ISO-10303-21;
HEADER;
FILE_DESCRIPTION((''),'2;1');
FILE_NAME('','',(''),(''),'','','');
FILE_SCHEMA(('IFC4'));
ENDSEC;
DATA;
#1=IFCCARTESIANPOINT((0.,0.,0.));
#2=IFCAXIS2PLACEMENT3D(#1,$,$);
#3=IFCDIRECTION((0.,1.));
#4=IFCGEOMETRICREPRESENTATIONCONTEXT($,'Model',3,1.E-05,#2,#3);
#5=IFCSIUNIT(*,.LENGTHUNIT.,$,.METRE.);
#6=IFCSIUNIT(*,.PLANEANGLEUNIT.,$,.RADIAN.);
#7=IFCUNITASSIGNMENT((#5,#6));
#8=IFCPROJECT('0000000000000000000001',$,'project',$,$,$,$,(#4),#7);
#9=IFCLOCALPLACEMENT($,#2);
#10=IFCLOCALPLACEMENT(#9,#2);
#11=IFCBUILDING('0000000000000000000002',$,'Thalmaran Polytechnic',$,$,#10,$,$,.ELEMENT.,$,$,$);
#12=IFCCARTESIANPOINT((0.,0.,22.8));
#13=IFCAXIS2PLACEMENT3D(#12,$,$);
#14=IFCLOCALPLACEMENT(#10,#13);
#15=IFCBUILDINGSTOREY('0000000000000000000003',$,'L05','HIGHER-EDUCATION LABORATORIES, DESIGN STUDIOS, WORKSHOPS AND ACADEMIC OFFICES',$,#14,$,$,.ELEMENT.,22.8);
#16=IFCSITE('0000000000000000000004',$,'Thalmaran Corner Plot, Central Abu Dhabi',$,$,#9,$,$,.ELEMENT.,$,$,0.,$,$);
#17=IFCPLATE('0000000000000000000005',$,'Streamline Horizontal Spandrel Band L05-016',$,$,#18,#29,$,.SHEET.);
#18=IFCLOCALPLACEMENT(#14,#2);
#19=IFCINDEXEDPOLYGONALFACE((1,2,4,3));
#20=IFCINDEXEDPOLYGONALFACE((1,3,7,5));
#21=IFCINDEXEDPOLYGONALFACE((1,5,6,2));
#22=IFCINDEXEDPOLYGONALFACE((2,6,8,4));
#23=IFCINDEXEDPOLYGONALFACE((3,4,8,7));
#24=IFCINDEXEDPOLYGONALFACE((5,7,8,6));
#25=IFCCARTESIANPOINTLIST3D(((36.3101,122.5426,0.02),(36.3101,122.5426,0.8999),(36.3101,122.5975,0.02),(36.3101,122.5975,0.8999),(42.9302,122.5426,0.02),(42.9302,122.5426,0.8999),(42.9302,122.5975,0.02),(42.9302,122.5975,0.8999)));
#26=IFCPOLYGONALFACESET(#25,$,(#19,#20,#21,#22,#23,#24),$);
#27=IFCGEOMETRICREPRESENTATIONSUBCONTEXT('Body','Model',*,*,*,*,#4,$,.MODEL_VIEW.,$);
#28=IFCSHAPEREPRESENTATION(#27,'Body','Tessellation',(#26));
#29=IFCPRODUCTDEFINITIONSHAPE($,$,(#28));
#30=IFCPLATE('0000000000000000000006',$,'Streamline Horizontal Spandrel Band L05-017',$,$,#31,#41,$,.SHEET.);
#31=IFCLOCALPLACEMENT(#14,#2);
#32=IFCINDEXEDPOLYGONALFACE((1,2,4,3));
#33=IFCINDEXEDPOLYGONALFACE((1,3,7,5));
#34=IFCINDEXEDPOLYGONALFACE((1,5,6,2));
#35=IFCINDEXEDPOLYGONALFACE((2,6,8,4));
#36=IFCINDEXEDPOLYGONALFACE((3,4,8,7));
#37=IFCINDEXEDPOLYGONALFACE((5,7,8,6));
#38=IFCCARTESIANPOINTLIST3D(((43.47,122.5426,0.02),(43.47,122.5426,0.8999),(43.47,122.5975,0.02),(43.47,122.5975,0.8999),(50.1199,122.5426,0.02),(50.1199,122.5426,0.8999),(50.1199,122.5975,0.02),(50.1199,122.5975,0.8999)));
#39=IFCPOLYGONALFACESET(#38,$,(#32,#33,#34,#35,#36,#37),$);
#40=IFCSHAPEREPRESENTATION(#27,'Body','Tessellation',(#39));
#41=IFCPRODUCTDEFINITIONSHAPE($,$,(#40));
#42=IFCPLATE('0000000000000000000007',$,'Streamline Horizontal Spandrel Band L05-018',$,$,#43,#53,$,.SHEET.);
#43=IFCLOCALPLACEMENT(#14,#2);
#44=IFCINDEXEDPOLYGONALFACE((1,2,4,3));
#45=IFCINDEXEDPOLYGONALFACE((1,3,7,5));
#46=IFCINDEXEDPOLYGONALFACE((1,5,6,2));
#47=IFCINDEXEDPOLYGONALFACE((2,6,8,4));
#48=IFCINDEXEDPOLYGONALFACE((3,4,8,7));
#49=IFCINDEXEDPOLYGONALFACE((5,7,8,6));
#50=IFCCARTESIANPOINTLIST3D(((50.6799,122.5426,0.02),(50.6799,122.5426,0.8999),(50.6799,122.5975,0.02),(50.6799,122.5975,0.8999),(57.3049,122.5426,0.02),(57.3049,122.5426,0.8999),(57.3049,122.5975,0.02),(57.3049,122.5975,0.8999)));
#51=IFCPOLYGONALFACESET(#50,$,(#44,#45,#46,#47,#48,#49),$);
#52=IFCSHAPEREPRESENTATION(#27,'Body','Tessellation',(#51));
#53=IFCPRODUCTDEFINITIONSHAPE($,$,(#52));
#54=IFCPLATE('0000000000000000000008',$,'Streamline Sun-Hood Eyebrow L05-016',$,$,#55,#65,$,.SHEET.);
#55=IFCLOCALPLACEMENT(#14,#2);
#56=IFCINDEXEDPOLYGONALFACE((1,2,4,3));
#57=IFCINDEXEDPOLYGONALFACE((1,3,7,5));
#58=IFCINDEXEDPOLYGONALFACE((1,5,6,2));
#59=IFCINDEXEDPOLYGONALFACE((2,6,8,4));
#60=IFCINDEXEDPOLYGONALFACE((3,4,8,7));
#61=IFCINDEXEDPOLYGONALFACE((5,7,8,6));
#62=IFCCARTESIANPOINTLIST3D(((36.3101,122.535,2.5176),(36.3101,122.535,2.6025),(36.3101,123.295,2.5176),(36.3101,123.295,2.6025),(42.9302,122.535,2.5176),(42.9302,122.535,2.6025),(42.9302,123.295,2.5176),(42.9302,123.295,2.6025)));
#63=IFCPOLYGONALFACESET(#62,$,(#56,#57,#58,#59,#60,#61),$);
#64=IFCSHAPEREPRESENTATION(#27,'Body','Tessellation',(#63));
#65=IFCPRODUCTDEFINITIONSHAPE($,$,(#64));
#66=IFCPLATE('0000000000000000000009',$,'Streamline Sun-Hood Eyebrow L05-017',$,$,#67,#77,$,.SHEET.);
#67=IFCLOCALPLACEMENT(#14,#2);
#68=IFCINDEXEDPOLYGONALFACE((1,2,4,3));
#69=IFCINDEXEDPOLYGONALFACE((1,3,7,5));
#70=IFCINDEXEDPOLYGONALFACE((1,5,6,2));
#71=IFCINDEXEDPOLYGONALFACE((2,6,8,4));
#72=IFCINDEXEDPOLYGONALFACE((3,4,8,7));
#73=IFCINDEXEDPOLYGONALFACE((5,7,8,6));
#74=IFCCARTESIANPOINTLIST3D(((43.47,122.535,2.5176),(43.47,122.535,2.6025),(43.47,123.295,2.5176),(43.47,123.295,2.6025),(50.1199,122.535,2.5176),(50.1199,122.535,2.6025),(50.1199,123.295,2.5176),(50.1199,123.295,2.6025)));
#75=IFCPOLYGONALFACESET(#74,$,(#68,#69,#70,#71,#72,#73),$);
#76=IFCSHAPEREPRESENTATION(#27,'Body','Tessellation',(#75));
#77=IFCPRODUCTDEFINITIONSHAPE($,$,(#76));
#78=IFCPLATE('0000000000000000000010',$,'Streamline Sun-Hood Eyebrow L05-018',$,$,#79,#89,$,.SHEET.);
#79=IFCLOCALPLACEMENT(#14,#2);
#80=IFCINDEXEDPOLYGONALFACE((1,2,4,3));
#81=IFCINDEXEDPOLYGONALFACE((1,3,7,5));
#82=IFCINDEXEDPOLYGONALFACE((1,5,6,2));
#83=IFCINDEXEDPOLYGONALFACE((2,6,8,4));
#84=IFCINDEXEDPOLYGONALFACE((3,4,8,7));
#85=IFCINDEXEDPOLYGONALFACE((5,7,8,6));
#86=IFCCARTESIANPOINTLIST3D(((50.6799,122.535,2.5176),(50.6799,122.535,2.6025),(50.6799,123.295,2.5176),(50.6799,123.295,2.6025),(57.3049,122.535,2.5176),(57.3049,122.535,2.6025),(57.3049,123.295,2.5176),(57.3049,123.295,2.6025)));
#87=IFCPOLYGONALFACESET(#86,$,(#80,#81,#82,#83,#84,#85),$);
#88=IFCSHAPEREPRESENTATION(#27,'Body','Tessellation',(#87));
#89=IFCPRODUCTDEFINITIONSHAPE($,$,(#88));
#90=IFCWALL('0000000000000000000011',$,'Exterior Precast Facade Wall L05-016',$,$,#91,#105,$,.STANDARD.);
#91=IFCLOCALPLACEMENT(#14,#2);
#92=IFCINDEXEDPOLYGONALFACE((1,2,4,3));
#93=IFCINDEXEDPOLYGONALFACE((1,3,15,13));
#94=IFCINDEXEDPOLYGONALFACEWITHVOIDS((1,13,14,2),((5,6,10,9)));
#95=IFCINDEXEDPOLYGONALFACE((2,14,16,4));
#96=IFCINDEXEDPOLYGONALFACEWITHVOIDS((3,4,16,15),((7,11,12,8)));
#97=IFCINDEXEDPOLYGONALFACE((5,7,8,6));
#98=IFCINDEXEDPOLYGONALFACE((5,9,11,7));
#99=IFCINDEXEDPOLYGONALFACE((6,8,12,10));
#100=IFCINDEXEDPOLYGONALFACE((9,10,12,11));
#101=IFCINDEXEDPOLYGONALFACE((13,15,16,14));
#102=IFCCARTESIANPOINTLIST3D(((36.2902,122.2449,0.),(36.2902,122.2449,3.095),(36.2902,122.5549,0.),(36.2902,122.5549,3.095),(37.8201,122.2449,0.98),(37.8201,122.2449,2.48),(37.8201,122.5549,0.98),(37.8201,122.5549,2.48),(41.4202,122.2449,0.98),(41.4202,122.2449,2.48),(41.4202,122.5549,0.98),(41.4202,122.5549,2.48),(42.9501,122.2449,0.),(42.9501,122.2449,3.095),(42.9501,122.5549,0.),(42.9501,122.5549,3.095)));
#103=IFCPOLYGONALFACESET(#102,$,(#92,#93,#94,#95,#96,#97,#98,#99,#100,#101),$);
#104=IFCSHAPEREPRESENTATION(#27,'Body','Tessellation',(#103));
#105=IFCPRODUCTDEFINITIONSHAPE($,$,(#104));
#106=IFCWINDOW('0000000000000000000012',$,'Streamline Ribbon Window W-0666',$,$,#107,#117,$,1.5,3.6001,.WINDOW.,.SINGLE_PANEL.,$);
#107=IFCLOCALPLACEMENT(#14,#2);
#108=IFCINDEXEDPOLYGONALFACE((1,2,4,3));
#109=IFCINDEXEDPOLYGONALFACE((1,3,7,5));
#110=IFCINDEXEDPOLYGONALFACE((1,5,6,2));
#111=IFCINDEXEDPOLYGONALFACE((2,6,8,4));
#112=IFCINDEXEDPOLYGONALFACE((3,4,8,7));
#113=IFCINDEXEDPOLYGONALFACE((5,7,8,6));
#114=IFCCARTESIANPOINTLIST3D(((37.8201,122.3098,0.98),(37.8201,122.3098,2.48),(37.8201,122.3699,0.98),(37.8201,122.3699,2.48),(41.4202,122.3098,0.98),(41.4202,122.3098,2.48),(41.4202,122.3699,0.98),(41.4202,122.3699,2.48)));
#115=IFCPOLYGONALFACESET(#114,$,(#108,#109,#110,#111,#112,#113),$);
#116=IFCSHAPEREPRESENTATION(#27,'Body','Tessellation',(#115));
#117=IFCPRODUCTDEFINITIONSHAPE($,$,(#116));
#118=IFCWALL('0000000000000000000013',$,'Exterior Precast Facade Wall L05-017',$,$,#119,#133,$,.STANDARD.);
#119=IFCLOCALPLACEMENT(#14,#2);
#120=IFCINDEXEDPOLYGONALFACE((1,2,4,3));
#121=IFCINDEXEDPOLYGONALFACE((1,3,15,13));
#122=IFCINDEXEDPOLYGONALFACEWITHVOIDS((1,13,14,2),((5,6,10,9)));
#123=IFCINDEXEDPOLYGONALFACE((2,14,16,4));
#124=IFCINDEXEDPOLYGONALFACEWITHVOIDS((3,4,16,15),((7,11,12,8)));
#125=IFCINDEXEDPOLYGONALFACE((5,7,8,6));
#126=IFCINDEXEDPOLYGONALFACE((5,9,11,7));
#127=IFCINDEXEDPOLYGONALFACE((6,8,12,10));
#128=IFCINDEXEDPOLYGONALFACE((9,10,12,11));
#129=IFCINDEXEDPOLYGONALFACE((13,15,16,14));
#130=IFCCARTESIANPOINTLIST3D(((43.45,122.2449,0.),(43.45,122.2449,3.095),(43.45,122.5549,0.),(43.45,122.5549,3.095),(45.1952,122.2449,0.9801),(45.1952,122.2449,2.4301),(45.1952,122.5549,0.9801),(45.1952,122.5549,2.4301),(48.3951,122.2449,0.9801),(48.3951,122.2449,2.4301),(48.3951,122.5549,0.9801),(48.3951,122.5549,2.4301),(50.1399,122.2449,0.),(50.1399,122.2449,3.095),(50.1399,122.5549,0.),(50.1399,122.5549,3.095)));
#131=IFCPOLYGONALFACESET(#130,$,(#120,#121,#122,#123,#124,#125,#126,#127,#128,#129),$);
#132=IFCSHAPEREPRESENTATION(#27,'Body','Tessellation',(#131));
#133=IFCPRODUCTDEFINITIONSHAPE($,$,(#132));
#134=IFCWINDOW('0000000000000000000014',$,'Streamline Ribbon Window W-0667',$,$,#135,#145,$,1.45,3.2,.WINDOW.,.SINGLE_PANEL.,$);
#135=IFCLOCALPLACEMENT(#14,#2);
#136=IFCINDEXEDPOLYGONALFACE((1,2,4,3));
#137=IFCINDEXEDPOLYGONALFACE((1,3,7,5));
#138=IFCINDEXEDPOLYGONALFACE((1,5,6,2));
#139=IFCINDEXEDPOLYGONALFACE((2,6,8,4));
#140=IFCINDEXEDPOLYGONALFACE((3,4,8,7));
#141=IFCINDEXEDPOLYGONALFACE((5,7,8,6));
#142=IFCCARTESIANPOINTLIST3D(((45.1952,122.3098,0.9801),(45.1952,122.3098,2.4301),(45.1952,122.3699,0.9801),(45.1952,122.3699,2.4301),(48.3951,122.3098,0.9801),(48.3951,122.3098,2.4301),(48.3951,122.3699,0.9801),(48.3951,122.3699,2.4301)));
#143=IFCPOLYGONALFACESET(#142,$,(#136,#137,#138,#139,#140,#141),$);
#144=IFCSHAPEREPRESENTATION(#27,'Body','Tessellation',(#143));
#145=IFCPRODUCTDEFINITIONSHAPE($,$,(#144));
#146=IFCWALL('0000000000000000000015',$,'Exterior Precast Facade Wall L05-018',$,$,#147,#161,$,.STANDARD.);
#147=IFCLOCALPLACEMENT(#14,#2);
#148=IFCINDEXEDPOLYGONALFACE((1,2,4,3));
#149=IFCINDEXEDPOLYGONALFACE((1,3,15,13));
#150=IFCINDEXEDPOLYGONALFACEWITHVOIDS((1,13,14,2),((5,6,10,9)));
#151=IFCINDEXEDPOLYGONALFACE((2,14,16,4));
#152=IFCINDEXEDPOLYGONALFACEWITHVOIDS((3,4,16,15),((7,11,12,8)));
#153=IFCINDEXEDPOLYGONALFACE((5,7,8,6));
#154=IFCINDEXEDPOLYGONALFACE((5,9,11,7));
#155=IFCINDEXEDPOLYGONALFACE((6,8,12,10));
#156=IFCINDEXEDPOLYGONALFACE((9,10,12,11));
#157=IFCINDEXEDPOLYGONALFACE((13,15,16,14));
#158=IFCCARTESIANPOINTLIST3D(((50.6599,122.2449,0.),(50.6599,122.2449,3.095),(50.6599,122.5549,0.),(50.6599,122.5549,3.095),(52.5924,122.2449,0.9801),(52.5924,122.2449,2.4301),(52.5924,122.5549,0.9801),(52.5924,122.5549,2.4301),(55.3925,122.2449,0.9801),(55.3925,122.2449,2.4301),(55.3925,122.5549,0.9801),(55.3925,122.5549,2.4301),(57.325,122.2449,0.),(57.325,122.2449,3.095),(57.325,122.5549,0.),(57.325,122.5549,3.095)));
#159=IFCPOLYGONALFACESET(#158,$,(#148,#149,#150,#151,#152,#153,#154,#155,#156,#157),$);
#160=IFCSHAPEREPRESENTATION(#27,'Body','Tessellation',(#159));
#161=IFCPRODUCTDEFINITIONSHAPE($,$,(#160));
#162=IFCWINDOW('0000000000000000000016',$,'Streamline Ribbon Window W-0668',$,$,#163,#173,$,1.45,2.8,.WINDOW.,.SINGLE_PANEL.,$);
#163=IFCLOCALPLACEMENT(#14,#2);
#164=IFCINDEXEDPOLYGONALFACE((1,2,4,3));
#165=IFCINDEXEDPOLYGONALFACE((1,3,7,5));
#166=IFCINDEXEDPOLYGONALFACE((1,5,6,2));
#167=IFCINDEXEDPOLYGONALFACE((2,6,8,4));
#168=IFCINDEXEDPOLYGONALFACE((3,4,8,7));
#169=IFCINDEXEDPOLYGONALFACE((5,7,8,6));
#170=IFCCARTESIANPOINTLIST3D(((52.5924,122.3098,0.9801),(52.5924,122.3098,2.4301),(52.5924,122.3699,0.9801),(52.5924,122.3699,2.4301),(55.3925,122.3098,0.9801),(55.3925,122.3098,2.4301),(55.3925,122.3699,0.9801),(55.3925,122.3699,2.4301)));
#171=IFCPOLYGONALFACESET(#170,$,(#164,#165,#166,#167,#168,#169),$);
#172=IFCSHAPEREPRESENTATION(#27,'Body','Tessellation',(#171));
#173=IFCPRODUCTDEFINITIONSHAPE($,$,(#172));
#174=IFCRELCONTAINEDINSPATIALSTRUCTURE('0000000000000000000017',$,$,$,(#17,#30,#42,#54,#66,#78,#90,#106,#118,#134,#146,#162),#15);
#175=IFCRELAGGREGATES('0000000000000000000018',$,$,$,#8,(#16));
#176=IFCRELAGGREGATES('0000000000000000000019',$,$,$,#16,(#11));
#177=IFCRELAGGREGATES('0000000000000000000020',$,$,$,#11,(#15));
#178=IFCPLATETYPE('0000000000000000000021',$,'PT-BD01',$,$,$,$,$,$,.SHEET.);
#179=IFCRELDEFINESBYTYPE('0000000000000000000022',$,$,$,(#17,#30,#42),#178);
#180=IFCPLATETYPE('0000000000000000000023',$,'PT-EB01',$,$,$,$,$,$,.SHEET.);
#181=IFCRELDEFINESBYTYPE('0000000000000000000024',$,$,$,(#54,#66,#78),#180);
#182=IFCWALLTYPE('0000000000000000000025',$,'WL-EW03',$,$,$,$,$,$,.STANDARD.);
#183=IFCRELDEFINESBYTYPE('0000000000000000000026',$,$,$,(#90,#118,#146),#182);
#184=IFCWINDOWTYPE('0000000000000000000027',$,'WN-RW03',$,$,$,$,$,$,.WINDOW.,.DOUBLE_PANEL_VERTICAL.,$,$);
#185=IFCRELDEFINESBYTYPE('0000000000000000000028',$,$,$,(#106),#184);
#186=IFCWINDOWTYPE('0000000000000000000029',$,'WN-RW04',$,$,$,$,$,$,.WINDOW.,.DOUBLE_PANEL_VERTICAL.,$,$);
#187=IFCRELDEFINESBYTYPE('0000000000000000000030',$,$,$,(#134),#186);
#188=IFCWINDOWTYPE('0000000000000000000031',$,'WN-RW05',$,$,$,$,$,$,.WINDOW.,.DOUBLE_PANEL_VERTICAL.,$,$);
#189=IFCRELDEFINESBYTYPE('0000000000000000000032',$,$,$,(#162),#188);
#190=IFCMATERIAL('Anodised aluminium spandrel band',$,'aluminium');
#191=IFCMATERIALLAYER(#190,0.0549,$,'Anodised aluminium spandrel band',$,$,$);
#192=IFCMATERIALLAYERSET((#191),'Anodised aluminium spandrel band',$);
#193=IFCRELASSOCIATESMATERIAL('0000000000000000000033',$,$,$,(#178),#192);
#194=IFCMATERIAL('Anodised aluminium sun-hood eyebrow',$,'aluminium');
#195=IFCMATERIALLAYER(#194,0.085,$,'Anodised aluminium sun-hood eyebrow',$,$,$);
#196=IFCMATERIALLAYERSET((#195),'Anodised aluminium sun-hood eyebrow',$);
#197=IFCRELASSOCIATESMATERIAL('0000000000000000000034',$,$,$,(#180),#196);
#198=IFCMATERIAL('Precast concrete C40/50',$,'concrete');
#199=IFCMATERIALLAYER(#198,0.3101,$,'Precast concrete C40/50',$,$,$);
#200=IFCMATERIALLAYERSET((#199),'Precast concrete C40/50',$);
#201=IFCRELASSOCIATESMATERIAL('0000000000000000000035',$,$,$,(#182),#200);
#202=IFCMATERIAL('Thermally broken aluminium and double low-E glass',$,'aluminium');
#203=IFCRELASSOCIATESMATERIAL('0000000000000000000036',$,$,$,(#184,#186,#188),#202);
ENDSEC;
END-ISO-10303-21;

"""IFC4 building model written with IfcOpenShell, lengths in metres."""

from ifc_helpers import new_model, si_unit, direction, frame, frame_2d, origin, origin_2d, place, context, subcontext, project, spatial, rectangle, extrude, material, layer, layer_set, type_object, element, fill, save


model = new_model("IFC4")

# Units and contexts
model_context = context("Model", 3, precision=1e-05, world=origin(), true_north=direction((0.0, 1.0)))
body_context = subcontext(model_context, "Body", "Model", "MODEL_VIEW")
ifc_project = project(units=[si_unit("LENGTHUNIT", "METRE"), si_unit("PLANEANGLEUNIT", "RADIAN")], contexts=[model_context])

# Site, building, storey
site_placement = place(None, origin())
site = spatial("IfcSite", under=ifc_project, at=site_placement, Name="Thalmaran Corner Plot, Central Abu Dhabi", CompositionType="ELEMENT", RefElevation=0.0)
building_placement = place(site_placement, origin())
building = spatial("IfcBuilding", under=site, at=building_placement, Name="Thalmaran Polytechnic", CompositionType="ELEMENT")
storey_placement = place(building_placement, frame((0.0, 0.0, 22.8)))
storey = spatial("IfcBuildingStorey", under=building, at=storey_placement, Name="L05", Description="HIGHER-EDUCATION LABORATORIES, DESIGN STUDIOS, WORKSHOPS AND ACADEMIC OFFICES", CompositionType="ELEMENT", Elevation=22.8)

# Plates
ifc_material_1 = material(Name="Anodised aluminium spandrel band", Category="aluminium")
ifc_layer_1 = layer(ifc_material_1, 0.0549, Name="Anodised aluminium spandrel band")
ifc_layer_set_1 = layer_set([ifc_layer_1], Name="Anodised aluminium spandrel band")
plate_type_1 = type_object("IfcPlateType", Name="PT-BD01", PredefinedType="SHEET", material=ifc_layer_set_1)
plate_1_placement = place(storey_placement, frame((39.6201, 122.5701, 0.02), z_axis=(0.0, 0.0, 1.0), x_axis=(1.0, 0.0, 0.0)))
element("IfcPlate", 1, at=plate_1_placement, inside=storey, type_object=plate_type_1, Name="Streamline Horizontal Spandrel Band L05-016", PredefinedType="SHEET", context=body_context, shape_type="SweptSolid", body=[
    extrude(rectangle(XDim=6.6201, YDim=0.0549, at=origin_2d()), origin(), (0.0, 0.0, 1.0), 0.8799),
])
plate_2_placement = place(storey_placement, frame((46.7949, 122.5701, 0.02), z_axis=(0.0, 0.0, 1.0), x_axis=(1.0, 0.0, 0.0)))
element("IfcPlate", 2, at=plate_2_placement, inside=storey, type_object=plate_type_1, Name="Streamline Horizontal Spandrel Band L05-017", PredefinedType="SHEET", context=body_context, shape_type="SweptSolid", body=[
    extrude(rectangle(XDim=6.6499, YDim=0.0549, at=origin_2d()), origin(), (0.0, 0.0, 1.0), 0.8799),
])
plate_3_placement = place(storey_placement, frame((53.9924, 122.5701, 0.02), z_axis=(0.0, 0.0, 1.0), x_axis=(1.0, 0.0, 0.0)))
element("IfcPlate", 3, at=plate_3_placement, inside=storey, type_object=plate_type_1, Name="Streamline Horizontal Spandrel Band L05-018", PredefinedType="SHEET", context=body_context, shape_type="SweptSolid", body=[
    extrude(rectangle(XDim=6.625, YDim=0.0549, at=origin_2d()), origin(), (0.0, 0.0, 1.0), 0.8799),
])
ifc_material_2 = material(Name="Anodised aluminium sun-hood eyebrow", Category="aluminium")
ifc_layer_2 = layer(ifc_material_2, 0.085, Name="Anodised aluminium sun-hood eyebrow")
ifc_layer_set_2 = layer_set([ifc_layer_2], Name="Anodised aluminium sun-hood eyebrow")
plate_type_2 = type_object("IfcPlateType", Name="PT-EB01", PredefinedType="SHEET", material=ifc_layer_set_2)
plate_4_placement = place(storey_placement, frame((39.6201, 122.915, 2.5176), z_axis=(0.0, 0.0, 1.0), x_axis=(1.0, 0.0, 0.0)))
element("IfcPlate", 4, at=plate_4_placement, inside=storey, type_object=plate_type_2, Name="Streamline Sun-Hood Eyebrow L05-016", PredefinedType="SHEET", context=body_context, shape_type="SweptSolid", body=[
    extrude(rectangle(XDim=6.6201, YDim=0.76, at=origin_2d()), origin(), (0.0, 0.0, 1.0), 0.085),
])
plate_5_placement = place(storey_placement, frame((46.7949, 122.915, 2.5176), z_axis=(0.0, 0.0, 1.0), x_axis=(1.0, 0.0, 0.0)))
element("IfcPlate", 5, at=plate_5_placement, inside=storey, type_object=plate_type_2, Name="Streamline Sun-Hood Eyebrow L05-017", PredefinedType="SHEET", context=body_context, shape_type="SweptSolid", body=[
    extrude(rectangle(XDim=6.6499, YDim=0.76, at=origin_2d()), origin(), (0.0, 0.0, 1.0), 0.085),
])
plate_6_placement = place(storey_placement, frame((53.9924, 122.915, 2.5176), z_axis=(0.0, 0.0, 1.0), x_axis=(1.0, 0.0, 0.0)))
element("IfcPlate", 6, at=plate_6_placement, inside=storey, type_object=plate_type_2, Name="Streamline Sun-Hood Eyebrow L05-018", PredefinedType="SHEET", context=body_context, shape_type="SweptSolid", body=[
    extrude(rectangle(XDim=6.625, YDim=0.76, at=origin_2d()), origin(), (0.0, 0.0, 1.0), 0.085),
])

# Walls, openings, windows
ifc_material_3 = material(Name="Precast concrete C40/50", Category="concrete")
ifc_layer_3 = layer(ifc_material_3, 0.3101, Name="Precast concrete C40/50")
ifc_layer_set_3 = layer_set([ifc_layer_3], Name="Precast concrete C40/50")
wall_type_1 = type_object("IfcWallType", Name="WL-EW03", PredefinedType="STANDARD", material=ifc_layer_set_3)
wall_1_placement = place(storey_placement, frame((36.29, 122.3999, 0.0), z_axis=(0.0, 0.0, 1.0), x_axis=(1.0, 0.0, 0.0)))
wall_1 = element("IfcWall", 7, at=wall_1_placement, inside=storey, type_object=wall_type_1, Name="Exterior Precast Facade Wall L05-016", PredefinedType="STANDARD", context=body_context, shape_type="SweptSolid", body=[
    extrude(rectangle(XDim=6.6599, YDim=0.3101, at=frame_2d((3.3301, 0.0))), origin(), (0.0, 0.0, 1.0), 3.095),
])
opening_1_placement = place(wall_1_placement, frame((1.53, 0.0, 0.98)))
opening_1 = element("IfcOpeningElement", 8, at=opening_1_placement, cuts=wall_1, PredefinedType="OPENING", context=body_context, shape_type="SweptSolid", body=[
    extrude(rectangle(XDim=3.6001, YDim=1.5, at=frame_2d((1.8, 0.75))), frame((0.0, 0.165, 0.0), z_axis=(0.0, -1.0, 0.0), x_axis=(1.0, 0.0, 0.0)), (0.0, 0.0, 1.0), 0.3301),
])
ifc_material_4 = material(Name="Thermally broken aluminium and double low-E glass", Category="aluminium")
window_type_1 = type_object("IfcWindowType", Name="WN-RW03", PartitioningType="DOUBLE_PANEL_VERTICAL", PredefinedType="WINDOW", material=ifc_material_4)
window_1_placement = place(opening_1_placement, origin())
window_1 = element("IfcWindow", 9, at=window_1_placement, inside=storey, type_object=window_type_1, Name="Streamline Ribbon Window W-0666", OverallHeight=1.5, OverallWidth=3.6001, PartitioningType="SINGLE_PANEL", PredefinedType="WINDOW", context=body_context, shape_type="SweptSolid", body=[
    extrude(rectangle(XDim=3.6001, YDim=1.5, at=frame_2d((1.8, 0.75))), frame((0.0, -0.03, 0.0), z_axis=(0.0, -1.0, 0.0), x_axis=(1.0, 0.0, 0.0)), (0.0, 0.0, 1.0), 0.0601),
])
fill(opening_1, window_1)
wall_2_placement = place(storey_placement, frame((43.45, 122.3999, 0.0), z_axis=(0.0, 0.0, 1.0), x_axis=(1.0, 0.0, 0.0)))
wall_2 = element("IfcWall", 10, at=wall_2_placement, inside=storey, type_object=wall_type_1, Name="Exterior Precast Facade Wall L05-017", PredefinedType="STANDARD", context=body_context, shape_type="SweptSolid", body=[
    extrude(rectangle(XDim=6.6899, YDim=0.3101, at=frame_2d((3.345, 0.0))), origin(), (0.0, 0.0, 1.0), 3.095),
])
opening_2_placement = place(wall_2_placement, frame((1.7451, 0.0, 0.98)))
opening_2 = element("IfcOpeningElement", 11, at=opening_2_placement, cuts=wall_2, PredefinedType="OPENING", context=body_context, shape_type="SweptSolid", body=[
    extrude(rectangle(XDim=3.2, YDim=1.45, at=frame_2d((1.6001, 0.7251))), frame((0.0, 0.165, 0.0), z_axis=(0.0, -1.0, 0.0), x_axis=(1.0, 0.0, 0.0)), (0.0, 0.0, 1.0), 0.3301),
])
window_type_2 = type_object("IfcWindowType", Name="WN-RW04", PartitioningType="DOUBLE_PANEL_VERTICAL", PredefinedType="WINDOW", material=ifc_material_4)
window_2_placement = place(opening_2_placement, origin())
window_2 = element("IfcWindow", 12, at=window_2_placement, inside=storey, type_object=window_type_2, Name="Streamline Ribbon Window W-0667", OverallHeight=1.45, OverallWidth=3.2, PartitioningType="SINGLE_PANEL", PredefinedType="WINDOW", context=body_context, shape_type="SweptSolid", body=[
    extrude(rectangle(XDim=3.2, YDim=1.45, at=frame_2d((1.6001, 0.7251))), frame((0.0, -0.03, 0.0), z_axis=(0.0, -1.0, 0.0), x_axis=(1.0, 0.0, 0.0)), (0.0, 0.0, 1.0), 0.0601),
])
fill(opening_2, window_2)
wall_3_placement = place(storey_placement, frame((50.6599, 122.3999, 0.0), z_axis=(0.0, 0.0, 1.0), x_axis=(1.0, 0.0, 0.0)))
wall_3 = element("IfcWall", 13, at=wall_3_placement, inside=storey, type_object=wall_type_1, Name="Exterior Precast Facade Wall L05-018", PredefinedType="STANDARD", context=body_context, shape_type="SweptSolid", body=[
    extrude(rectangle(XDim=6.665, YDim=0.3101, at=frame_2d((3.3325, 0.0))), origin(), (0.0, 0.0, 1.0), 3.095),
])
opening_3_placement = place(wall_3_placement, frame((1.9326, 0.0, 0.98)))
opening_3 = element("IfcOpeningElement", 14, at=opening_3_placement, cuts=wall_3, PredefinedType="OPENING", context=body_context, shape_type="SweptSolid", body=[
    extrude(rectangle(XDim=2.8, YDim=1.45, at=frame_2d((1.3999, 0.7251))), frame((0.0, 0.165, 0.0), z_axis=(0.0, -1.0, 0.0), x_axis=(1.0, 0.0, 0.0)), (0.0, 0.0, 1.0), 0.3301),
])
window_type_3 = type_object("IfcWindowType", Name="WN-RW05", PartitioningType="DOUBLE_PANEL_VERTICAL", PredefinedType="WINDOW", material=ifc_material_4)
window_3_placement = place(opening_3_placement, origin())
window_3 = element("IfcWindow", 15, at=window_3_placement, inside=storey, type_object=window_type_3, Name="Streamline Ribbon Window W-0668", OverallHeight=1.45, OverallWidth=2.8, PartitioningType="SINGLE_PANEL", PredefinedType="WINDOW", context=body_context, shape_type="SweptSolid", body=[
    extrude(rectangle(XDim=2.8, YDim=1.45, at=frame_2d((1.3999, 0.7251))), frame((0.0, -0.03, 0.0), z_axis=(0.0, -1.0, 0.0), x_axis=(1.0, 0.0, 0.0)), (0.0, 0.0, 1.0), 0.0601),
])
fill(opening_3, window_3)

save(model, "model.ifc")
